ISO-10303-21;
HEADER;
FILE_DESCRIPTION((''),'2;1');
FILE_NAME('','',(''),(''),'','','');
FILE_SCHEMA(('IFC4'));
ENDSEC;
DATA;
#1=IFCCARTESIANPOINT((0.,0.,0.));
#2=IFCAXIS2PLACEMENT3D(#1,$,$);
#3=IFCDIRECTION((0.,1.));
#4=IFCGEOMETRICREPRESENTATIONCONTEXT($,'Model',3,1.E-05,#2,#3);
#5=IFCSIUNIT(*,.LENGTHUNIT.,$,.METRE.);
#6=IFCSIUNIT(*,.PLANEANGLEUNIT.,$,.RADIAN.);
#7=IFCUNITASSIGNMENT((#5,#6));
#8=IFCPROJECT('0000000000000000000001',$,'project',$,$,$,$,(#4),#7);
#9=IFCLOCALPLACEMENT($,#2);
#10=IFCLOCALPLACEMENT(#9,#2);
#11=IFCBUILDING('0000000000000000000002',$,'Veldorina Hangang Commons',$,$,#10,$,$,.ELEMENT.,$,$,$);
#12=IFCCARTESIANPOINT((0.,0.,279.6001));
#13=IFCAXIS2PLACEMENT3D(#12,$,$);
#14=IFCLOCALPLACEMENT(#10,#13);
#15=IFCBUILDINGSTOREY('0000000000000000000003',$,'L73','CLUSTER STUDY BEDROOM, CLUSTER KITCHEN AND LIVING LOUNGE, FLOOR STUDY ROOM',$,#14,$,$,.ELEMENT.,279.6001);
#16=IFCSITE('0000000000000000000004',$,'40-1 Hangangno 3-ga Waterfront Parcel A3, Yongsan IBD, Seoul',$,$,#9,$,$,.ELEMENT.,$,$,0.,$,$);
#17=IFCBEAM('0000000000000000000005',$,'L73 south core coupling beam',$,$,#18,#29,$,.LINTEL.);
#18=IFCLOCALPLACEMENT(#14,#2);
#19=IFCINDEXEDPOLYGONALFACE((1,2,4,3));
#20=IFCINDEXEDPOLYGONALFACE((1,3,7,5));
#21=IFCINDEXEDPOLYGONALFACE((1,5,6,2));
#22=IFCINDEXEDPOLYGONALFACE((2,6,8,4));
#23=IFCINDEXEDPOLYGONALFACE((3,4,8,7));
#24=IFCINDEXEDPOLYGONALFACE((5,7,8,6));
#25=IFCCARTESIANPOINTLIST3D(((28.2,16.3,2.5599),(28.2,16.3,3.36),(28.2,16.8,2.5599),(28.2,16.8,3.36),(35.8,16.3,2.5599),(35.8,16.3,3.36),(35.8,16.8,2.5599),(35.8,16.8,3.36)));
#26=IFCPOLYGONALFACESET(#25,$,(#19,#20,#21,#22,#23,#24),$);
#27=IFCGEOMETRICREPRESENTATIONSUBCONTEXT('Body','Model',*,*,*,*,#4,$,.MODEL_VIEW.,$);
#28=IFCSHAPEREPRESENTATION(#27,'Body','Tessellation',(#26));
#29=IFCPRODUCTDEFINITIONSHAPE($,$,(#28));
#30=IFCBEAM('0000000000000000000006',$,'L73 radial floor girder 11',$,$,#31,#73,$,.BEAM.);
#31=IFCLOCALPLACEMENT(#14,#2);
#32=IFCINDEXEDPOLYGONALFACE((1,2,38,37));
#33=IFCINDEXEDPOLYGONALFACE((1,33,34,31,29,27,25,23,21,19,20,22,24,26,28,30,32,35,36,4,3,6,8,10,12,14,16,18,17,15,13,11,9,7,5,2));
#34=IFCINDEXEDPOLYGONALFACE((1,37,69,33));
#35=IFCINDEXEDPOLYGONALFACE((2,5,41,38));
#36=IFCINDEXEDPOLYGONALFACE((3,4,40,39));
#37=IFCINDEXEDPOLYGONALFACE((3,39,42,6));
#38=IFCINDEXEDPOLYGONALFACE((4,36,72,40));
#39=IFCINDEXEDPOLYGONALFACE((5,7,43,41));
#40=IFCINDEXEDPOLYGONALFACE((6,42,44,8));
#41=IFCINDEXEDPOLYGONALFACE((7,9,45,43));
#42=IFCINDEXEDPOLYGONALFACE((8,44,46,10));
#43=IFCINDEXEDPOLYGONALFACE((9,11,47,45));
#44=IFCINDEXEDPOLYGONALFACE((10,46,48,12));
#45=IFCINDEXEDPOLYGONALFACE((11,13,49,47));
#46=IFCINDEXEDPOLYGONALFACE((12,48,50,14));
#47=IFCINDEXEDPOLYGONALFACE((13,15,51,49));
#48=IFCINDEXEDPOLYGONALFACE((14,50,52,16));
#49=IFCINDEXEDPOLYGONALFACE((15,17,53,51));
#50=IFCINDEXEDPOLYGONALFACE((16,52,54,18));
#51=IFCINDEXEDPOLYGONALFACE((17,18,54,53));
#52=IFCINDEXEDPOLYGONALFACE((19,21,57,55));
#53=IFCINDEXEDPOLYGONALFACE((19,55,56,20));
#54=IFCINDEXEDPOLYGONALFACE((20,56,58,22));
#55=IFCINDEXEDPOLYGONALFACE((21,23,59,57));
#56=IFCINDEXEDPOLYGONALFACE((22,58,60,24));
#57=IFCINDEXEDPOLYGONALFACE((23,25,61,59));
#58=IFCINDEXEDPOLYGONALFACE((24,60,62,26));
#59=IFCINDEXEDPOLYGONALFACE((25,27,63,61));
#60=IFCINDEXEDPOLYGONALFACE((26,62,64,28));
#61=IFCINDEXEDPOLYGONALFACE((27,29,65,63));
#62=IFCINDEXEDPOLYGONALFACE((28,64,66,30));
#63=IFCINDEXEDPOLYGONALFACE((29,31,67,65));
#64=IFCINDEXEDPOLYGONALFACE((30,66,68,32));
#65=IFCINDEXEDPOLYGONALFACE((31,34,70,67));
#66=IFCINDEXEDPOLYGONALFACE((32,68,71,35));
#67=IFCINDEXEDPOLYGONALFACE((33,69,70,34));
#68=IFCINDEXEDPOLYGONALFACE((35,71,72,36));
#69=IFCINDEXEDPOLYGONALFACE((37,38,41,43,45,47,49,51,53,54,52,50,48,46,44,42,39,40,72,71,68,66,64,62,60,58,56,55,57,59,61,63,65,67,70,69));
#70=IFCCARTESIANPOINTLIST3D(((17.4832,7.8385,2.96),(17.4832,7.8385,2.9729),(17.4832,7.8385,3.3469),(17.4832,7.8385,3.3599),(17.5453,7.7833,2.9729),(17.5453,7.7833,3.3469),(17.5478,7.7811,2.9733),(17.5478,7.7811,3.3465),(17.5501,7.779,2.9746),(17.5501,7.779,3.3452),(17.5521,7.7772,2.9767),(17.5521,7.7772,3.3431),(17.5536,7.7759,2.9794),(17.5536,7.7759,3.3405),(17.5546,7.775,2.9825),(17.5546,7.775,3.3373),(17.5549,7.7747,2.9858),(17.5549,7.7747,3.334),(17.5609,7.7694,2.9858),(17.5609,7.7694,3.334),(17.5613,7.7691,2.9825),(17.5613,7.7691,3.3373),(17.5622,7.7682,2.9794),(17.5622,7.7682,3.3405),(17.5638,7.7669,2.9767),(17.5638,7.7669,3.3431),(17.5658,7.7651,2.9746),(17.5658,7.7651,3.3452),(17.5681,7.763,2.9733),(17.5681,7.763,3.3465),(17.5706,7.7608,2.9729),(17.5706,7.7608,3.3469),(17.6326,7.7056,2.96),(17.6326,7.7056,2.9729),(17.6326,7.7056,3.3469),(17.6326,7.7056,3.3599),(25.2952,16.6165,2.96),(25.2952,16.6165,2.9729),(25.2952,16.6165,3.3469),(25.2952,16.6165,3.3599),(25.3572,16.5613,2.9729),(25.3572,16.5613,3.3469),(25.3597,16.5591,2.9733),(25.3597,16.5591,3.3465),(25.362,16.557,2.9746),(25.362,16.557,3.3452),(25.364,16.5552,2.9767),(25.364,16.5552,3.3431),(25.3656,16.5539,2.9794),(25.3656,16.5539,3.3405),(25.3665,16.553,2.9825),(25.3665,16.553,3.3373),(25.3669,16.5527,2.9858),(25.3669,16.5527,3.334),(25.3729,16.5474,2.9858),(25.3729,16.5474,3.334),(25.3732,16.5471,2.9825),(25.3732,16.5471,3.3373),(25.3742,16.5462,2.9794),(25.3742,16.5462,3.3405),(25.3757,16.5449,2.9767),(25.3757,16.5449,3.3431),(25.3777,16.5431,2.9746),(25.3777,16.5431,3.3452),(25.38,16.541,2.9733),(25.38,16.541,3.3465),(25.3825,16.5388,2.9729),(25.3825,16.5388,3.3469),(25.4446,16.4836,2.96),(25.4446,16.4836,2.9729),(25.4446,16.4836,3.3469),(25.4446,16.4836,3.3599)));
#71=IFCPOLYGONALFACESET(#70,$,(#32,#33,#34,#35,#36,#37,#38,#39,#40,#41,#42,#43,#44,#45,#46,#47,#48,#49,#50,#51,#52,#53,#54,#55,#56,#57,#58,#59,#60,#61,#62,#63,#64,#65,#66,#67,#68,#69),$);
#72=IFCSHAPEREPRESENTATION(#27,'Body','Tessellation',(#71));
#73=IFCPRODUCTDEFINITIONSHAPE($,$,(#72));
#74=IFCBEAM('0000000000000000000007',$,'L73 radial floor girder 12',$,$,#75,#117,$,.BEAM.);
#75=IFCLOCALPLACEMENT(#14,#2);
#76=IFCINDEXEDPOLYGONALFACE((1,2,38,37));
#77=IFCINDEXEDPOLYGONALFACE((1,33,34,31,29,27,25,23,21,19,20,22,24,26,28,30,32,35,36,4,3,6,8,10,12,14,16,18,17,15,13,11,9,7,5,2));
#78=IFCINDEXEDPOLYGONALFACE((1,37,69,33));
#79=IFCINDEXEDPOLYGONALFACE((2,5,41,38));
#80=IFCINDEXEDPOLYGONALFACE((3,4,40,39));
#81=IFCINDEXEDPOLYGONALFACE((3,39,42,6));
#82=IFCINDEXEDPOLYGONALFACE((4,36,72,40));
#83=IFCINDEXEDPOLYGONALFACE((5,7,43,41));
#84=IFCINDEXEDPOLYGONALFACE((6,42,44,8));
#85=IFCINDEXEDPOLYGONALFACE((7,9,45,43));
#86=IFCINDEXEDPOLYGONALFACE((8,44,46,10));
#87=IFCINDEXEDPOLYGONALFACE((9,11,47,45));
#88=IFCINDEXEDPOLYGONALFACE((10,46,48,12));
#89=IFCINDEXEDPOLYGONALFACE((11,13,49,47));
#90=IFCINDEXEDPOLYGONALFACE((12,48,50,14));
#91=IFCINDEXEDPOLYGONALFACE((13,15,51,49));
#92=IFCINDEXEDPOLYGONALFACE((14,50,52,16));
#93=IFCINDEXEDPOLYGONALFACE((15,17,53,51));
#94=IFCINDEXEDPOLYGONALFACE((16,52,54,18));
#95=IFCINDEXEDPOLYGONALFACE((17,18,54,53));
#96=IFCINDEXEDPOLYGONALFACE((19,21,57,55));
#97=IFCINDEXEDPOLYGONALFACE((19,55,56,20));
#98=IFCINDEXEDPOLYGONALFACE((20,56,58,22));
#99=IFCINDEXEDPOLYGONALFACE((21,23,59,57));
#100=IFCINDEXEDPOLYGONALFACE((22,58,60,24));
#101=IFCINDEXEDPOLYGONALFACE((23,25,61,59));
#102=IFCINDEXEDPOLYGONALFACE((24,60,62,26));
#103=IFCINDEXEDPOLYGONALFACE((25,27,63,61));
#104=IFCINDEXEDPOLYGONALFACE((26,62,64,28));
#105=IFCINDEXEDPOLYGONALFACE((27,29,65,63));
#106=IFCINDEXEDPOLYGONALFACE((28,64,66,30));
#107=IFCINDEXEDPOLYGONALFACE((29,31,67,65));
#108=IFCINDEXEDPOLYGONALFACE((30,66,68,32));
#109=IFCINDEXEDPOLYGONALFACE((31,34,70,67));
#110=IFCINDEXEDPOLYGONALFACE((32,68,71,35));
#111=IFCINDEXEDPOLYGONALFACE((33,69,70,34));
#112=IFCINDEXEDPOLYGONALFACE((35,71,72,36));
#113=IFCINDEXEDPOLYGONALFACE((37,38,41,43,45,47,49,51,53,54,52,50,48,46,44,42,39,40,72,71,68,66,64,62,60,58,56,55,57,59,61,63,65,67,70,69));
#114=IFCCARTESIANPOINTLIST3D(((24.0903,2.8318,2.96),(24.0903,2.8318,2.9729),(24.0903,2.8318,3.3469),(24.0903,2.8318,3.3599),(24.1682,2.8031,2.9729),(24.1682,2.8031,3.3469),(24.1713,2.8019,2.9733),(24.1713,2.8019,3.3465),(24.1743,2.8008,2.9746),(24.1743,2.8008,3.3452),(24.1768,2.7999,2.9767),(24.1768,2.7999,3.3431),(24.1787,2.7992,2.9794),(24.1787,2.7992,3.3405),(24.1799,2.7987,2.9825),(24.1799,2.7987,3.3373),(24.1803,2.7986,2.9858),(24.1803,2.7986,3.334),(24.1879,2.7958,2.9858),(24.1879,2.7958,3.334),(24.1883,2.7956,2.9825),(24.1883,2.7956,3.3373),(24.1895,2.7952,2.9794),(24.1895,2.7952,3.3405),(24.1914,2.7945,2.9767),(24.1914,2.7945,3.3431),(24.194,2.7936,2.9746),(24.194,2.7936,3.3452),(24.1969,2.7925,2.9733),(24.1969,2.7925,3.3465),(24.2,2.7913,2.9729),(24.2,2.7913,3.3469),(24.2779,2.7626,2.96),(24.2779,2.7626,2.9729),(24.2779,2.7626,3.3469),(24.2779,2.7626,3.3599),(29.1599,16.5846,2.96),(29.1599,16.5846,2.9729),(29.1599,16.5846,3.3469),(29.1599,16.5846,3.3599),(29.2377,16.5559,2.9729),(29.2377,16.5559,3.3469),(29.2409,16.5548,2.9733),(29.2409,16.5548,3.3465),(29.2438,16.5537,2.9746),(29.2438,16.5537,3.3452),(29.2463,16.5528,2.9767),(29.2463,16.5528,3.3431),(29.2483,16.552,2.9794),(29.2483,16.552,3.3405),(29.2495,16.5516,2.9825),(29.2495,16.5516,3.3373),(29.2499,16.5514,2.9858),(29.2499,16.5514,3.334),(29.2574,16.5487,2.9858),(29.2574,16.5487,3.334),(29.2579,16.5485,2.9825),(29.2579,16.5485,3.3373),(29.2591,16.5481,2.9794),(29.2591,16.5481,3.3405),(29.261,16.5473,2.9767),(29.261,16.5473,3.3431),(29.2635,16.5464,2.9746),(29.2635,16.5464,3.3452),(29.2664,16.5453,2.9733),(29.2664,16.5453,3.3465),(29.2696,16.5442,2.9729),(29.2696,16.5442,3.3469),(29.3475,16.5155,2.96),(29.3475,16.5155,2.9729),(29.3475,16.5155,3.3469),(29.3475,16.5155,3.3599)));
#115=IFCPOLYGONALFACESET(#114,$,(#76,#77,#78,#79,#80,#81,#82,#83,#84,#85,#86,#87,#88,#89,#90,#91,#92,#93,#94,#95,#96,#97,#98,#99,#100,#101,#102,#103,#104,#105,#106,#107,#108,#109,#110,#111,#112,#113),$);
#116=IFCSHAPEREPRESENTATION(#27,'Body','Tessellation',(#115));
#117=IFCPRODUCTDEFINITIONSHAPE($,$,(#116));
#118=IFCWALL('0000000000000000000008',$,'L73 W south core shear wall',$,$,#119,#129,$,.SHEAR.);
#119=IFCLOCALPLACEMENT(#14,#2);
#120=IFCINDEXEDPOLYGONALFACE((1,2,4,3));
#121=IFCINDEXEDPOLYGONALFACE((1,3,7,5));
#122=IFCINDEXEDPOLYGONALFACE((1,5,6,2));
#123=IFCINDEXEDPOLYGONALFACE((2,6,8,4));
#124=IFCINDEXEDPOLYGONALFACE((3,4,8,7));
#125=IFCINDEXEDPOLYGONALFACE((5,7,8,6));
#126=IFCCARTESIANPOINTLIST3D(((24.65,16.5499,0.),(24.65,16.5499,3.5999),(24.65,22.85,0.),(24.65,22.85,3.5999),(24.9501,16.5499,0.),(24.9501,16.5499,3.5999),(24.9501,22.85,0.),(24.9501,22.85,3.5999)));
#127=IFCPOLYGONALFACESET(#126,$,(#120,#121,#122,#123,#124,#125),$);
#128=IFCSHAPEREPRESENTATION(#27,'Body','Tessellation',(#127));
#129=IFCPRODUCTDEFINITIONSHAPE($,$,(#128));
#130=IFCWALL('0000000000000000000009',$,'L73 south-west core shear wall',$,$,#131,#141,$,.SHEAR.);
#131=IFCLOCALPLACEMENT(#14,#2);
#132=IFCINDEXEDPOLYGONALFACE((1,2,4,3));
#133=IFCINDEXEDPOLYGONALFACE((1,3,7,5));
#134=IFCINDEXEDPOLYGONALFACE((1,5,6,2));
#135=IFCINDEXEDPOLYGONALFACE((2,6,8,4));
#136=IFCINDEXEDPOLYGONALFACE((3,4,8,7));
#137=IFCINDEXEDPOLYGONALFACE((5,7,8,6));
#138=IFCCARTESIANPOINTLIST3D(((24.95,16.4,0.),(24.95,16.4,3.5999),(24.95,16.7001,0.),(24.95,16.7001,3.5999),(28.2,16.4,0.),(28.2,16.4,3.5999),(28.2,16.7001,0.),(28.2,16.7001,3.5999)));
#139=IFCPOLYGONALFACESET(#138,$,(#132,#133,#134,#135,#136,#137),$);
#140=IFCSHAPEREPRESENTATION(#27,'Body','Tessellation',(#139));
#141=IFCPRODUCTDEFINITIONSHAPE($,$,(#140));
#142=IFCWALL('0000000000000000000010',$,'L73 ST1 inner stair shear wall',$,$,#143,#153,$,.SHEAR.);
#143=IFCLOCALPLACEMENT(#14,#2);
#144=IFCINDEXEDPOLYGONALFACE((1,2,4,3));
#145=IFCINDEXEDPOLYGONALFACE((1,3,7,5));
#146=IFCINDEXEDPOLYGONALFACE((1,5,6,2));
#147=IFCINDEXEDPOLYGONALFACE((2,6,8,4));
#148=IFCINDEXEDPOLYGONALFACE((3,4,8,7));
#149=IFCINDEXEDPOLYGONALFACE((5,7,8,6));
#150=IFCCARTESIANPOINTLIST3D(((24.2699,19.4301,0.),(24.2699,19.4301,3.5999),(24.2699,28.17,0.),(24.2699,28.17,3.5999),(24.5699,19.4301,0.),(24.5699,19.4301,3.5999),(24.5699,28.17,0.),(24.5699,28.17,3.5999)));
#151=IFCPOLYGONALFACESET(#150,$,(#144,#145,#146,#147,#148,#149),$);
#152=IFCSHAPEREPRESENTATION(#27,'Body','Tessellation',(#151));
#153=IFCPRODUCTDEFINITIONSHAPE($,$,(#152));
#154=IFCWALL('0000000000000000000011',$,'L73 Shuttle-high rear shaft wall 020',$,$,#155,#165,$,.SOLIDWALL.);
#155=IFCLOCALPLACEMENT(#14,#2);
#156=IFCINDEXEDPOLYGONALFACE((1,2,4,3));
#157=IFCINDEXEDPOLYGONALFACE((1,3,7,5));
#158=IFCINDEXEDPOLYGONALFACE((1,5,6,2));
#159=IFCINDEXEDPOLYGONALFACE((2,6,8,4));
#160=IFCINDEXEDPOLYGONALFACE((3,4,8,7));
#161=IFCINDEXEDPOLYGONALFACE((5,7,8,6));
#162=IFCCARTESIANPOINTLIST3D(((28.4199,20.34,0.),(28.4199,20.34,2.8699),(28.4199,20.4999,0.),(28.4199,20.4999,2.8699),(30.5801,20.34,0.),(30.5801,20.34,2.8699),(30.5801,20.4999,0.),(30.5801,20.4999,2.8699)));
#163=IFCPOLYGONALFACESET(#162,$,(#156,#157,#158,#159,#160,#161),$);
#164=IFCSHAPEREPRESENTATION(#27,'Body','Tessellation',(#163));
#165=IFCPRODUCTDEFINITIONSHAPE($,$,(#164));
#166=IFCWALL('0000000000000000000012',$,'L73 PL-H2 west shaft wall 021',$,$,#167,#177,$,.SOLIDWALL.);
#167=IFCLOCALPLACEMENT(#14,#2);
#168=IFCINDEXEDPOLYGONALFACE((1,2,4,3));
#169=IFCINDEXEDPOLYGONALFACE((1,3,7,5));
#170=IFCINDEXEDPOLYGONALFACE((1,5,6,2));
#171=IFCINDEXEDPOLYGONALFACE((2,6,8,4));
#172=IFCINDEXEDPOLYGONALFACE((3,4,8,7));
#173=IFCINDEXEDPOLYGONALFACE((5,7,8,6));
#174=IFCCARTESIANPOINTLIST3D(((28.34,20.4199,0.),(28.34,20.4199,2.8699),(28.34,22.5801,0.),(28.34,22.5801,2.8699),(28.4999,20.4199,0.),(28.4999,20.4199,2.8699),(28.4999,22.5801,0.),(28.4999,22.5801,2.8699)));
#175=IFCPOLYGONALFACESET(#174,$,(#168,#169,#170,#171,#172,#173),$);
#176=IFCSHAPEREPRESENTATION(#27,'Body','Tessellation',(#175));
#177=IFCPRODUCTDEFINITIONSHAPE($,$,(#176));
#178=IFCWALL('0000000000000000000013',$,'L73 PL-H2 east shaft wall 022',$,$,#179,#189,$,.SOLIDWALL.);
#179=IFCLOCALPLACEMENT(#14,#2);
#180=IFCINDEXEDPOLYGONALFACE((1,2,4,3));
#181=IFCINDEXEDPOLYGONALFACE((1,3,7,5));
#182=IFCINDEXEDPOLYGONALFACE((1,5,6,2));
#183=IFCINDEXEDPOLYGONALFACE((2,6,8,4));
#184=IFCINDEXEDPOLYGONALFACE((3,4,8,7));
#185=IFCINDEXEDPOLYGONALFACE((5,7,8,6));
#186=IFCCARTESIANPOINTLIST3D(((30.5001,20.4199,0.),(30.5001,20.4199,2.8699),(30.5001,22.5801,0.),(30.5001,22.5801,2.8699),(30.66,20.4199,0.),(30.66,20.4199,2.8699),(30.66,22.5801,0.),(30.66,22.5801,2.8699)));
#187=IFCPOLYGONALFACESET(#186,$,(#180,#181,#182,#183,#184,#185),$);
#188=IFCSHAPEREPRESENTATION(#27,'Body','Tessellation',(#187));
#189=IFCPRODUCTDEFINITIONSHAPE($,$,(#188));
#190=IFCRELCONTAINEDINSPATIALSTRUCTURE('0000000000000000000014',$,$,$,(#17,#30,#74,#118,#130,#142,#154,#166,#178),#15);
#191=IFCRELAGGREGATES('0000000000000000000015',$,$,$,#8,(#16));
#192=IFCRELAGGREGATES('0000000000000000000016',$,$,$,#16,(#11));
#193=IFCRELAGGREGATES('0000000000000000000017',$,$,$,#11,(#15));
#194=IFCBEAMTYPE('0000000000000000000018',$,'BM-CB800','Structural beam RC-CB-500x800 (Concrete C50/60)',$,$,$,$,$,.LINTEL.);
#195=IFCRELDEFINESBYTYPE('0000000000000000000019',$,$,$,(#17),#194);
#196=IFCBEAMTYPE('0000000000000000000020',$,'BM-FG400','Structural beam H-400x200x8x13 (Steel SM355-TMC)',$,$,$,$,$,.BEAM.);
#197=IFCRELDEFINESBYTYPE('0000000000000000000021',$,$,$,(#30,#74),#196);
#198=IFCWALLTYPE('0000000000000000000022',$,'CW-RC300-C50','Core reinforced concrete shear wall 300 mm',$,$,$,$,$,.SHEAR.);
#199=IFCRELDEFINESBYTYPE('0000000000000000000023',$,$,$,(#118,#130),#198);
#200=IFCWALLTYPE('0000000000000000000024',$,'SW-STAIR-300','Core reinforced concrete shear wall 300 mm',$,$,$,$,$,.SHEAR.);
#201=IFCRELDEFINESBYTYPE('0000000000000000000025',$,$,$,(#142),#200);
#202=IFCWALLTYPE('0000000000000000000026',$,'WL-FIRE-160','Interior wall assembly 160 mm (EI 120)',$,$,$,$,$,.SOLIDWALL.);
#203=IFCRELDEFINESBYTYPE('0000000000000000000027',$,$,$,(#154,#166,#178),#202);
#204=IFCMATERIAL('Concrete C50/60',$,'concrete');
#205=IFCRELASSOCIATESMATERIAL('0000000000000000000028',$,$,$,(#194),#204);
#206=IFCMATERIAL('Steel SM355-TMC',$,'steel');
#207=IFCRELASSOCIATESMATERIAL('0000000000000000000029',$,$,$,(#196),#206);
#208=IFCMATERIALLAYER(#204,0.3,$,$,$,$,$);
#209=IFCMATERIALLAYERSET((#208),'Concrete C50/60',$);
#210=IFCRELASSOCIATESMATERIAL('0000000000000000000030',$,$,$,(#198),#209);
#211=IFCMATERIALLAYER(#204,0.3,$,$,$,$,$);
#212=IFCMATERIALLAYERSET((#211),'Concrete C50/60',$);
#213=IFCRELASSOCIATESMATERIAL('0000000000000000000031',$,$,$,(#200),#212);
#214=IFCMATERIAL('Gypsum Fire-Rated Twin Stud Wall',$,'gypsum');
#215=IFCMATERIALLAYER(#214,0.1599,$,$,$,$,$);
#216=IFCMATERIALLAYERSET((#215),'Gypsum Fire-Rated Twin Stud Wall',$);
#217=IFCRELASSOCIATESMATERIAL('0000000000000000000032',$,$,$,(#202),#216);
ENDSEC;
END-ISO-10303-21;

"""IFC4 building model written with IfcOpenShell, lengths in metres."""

from ifc_helpers import new_model, si_unit, direction, frame, frame_2d, origin, origin_2d, place, context, subcontext, project, spatial, rectangle, i_section, extrude, material, layer, layer_set, material_profile, profile_set, type_object, element, save


model = new_model("IFC4")

# Units and contexts
model_context = context("Model", 3, precision=1e-05, world=origin(), true_north=direction((0.0, 1.0)))
body_context = subcontext(model_context, "Body", "Model", "MODEL_VIEW")
ifc_project = project(units=[si_unit("LENGTHUNIT", "METRE"), si_unit("PLANEANGLEUNIT", "RADIAN")], contexts=[model_context])

# Site, building, storey
site_placement = place(None, origin())
site = spatial("IfcSite", under=ifc_project, at=site_placement, Name="40-1 Hangangno 3-ga Waterfront Parcel A3, Yongsan IBD, Seoul", CompositionType="ELEMENT", RefElevation=0.0)
building_placement = place(site_placement, origin())
building = spatial("IfcBuilding", under=site, at=building_placement, Name="Veldorina Hangang Commons", CompositionType="ELEMENT")
storey_placement = place(building_placement, frame((0.0, 0.0, 279.6001)))
storey = spatial("IfcBuildingStorey", under=building, at=storey_placement, Name="L73", Description="CLUSTER STUDY BEDROOM, CLUSTER KITCHEN AND LIVING LOUNGE, FLOOR STUDY ROOM", CompositionType="ELEMENT", Elevation=279.6001)

# Beams
ifc_material_1 = material(Name="Concrete C50/60", Category="concrete")
ifc_material_profile_1 = material_profile(ifc_material_1, rectangle(XDim=0.5, YDim=0.8, at=origin_2d()), Name="RC-CB-500x800")
ifc_profile_set_1 = profile_set([ifc_material_profile_1], Name="Concrete C50/60")
beam_type_1 = type_object("IfcBeamType", Name="BM-CB800", Description="Structural beam RC-CB-500x800 (Concrete C50/60)", PredefinedType="LINTEL", material=ifc_profile_set_1)
beam_1_placement = place(storey_placement, frame((28.2, 16.55, 2.96), z_axis=(1.0, 0.0, 0.0), x_axis=(0.0, 1.0, 0.0)))
element("IfcBeam", 1, at=beam_1_placement, inside=storey, type_object=beam_type_1, Name="L73 south core coupling beam", PredefinedType="LINTEL", context=body_context, shape_type="SweptSolid", body=[
    extrude(rectangle(XDim=0.5, YDim=0.8, at=origin_2d()), origin(), (0.0, 0.0, 1.0), 7.6001),
])
ifc_material_2 = material(Name="Steel SM355-TMC", Category="steel")
ifc_material_profile_2 = material_profile(ifc_material_2, i_section(OverallWidth=0.2, OverallDepth=0.3999, WebThickness=0.0081, FlangeThickness=0.0129, FilletRadius=0.0129, at=origin_2d()), Name="H-400x200x8x13")
ifc_profile_set_2 = profile_set([ifc_material_profile_2], Name="Steel SM355-TMC")
beam_type_2 = type_object("IfcBeamType", Name="BM-FG400", Description="Structural beam H-400x200x8x13 (Steel SM355-TMC)", PredefinedType="BEAM", material=ifc_profile_set_2)
beam_2_placement = place(storey_placement, frame((25.3699, 16.55, 3.1599), z_axis=(-0.664805, -0.747017, 0.0), x_axis=(0.747017, -0.664805, 0.0)))
element("IfcBeam", 2, at=beam_2_placement, inside=storey, type_object=beam_type_2, Name="L73 radial floor girder 11", PredefinedType="BEAM", context=body_context, shape_type="SweptSolid", body=[
    extrude(i_section(OverallWidth=0.2, OverallDepth=0.3999, WebThickness=0.0081, FlangeThickness=0.0129, FilletRadius=0.0129, at=origin_2d()), origin(), (0.0, 0.0, 1.0), 11.7507),
])
beam_3_placement = place(storey_placement, frame((29.2537, 16.55, 3.1599), z_axis=(-0.345868, -0.938283, 0.0), x_axis=(0.938283, -0.345868, 0.0)))
element("IfcBeam", 3, at=beam_3_placement, inside=storey, type_object=beam_type_2, Name="L73 radial floor girder 12", PredefinedType="BEAM", context=body_context, shape_type="SweptSolid", body=[
    extrude(i_section(OverallWidth=0.2, OverallDepth=0.3999, WebThickness=0.0081, FlangeThickness=0.0129, FilletRadius=0.0129, at=origin_2d()), origin(), (0.0, 0.0, 1.0), 14.6575),
])

# Walls
ifc_layer_1 = layer(ifc_material_1, 0.3)
ifc_layer_set_1 = layer_set([ifc_layer_1], Name="Concrete C50/60")
wall_type_1 = type_object("IfcWallType", Name="CW-RC300-C50", Description="Core reinforced concrete shear wall 300 mm", PredefinedType="SHEAR", material=ifc_layer_set_1)
wall_1_placement = place(storey_placement, frame((24.8, 16.55, 0.0), z_axis=(0.0, 0.0, 1.0), x_axis=(0.0, 1.0, 0.0)))
element("IfcWall", 4, at=wall_1_placement, inside=storey, type_object=wall_type_1, Name="L73 W south core shear wall", PredefinedType="SHEAR", context=body_context, shape_type="SweptSolid", body=[
    extrude(rectangle(XDim=6.3, YDim=0.3, at=frame_2d((3.1499, 0.0))), origin(), (0.0, 0.0, 1.0), 3.5999),
])
wall_2_placement = place(storey_placement, frame((24.95, 16.55, 0.0), z_axis=(0.0, 0.0, 1.0), x_axis=(1.0, 0.0, 0.0)))
element("IfcWall", 5, at=wall_2_placement, inside=storey, type_object=wall_type_1, Name="L73 south-west core shear wall", PredefinedType="SHEAR", context=body_context, shape_type="SweptSolid", body=[
    extrude(rectangle(XDim=3.25, YDim=0.3, at=frame_2d((1.625, 0.0))), origin(), (0.0, 0.0, 1.0), 3.5999),
])
ifc_layer_2 = layer(ifc_material_1, 0.3)
ifc_layer_set_2 = layer_set([ifc_layer_2], Name="Concrete C50/60")
wall_type_2 = type_object("IfcWallType", Name="SW-STAIR-300", Description="Core reinforced concrete shear wall 300 mm", PredefinedType="SHEAR", material=ifc_layer_set_2)
wall_3_placement = place(storey_placement, frame((24.4199, 19.4299, 0.0), z_axis=(0.0, 0.0, 1.0), x_axis=(0.0, 1.0, 0.0)))
element("IfcWall", 6, at=wall_3_placement, inside=storey, type_object=wall_type_2, Name="L73 ST1 inner stair shear wall", PredefinedType="SHEAR", context=body_context, shape_type="SweptSolid", body=[
    extrude(rectangle(XDim=8.74, YDim=0.3, at=frame_2d((4.3701, 0.0))), origin(), (0.0, 0.0, 1.0), 3.5999),
])

# Shared definitions
ifc_material_3 = material(Name="Gypsum Fire-Rated Twin Stud Wall", Category="gypsum")
ifc_layer_3 = layer(ifc_material_3, 0.1599)
ifc_layer_set_3 = layer_set([ifc_layer_3], Name="Gypsum Fire-Rated Twin Stud Wall")
wall_type_3 = type_object("IfcWallType", Name="WL-FIRE-160", Description="Interior wall assembly 160 mm (EI 120)", PredefinedType="SOLIDWALL", material=ifc_layer_set_3)

# Walls
for number, where, z_axis, x_axis, name in (
    (7, (28.4199, 20.4199, 0.0), (0.0, 0.0, 1.0), (1.0, 0.0, 0.0), "L73 Shuttle-high rear shaft wall 020"),
    (8, (28.4199, 20.4199, 0.0), (0.0, 0.0, 1.0), (0.0, 1.0, 0.0), "L73 PL-H2 west shaft wall 021"),
    (9, (30.5801, 20.4199, 0.0), (0.0, 0.0, 1.0), (0.0, 1.0, 0.0), "L73 PL-H2 east shaft wall 022"),
):
    element("IfcWall", number, at=place(storey_placement, frame(where, z_axis=z_axis, x_axis=x_axis)), inside=storey, type_object=wall_type_3, Name=name, PredefinedType="SOLIDWALL", context=body_context, shape_type="SweptSolid", body=[
        extrude(rectangle(XDim=2.1602, YDim=0.1599, at=frame_2d((1.0801, 0.0))), origin(), (0.0, 0.0, 1.0), 2.8699),
    ])

save(model, "model.ifc")
